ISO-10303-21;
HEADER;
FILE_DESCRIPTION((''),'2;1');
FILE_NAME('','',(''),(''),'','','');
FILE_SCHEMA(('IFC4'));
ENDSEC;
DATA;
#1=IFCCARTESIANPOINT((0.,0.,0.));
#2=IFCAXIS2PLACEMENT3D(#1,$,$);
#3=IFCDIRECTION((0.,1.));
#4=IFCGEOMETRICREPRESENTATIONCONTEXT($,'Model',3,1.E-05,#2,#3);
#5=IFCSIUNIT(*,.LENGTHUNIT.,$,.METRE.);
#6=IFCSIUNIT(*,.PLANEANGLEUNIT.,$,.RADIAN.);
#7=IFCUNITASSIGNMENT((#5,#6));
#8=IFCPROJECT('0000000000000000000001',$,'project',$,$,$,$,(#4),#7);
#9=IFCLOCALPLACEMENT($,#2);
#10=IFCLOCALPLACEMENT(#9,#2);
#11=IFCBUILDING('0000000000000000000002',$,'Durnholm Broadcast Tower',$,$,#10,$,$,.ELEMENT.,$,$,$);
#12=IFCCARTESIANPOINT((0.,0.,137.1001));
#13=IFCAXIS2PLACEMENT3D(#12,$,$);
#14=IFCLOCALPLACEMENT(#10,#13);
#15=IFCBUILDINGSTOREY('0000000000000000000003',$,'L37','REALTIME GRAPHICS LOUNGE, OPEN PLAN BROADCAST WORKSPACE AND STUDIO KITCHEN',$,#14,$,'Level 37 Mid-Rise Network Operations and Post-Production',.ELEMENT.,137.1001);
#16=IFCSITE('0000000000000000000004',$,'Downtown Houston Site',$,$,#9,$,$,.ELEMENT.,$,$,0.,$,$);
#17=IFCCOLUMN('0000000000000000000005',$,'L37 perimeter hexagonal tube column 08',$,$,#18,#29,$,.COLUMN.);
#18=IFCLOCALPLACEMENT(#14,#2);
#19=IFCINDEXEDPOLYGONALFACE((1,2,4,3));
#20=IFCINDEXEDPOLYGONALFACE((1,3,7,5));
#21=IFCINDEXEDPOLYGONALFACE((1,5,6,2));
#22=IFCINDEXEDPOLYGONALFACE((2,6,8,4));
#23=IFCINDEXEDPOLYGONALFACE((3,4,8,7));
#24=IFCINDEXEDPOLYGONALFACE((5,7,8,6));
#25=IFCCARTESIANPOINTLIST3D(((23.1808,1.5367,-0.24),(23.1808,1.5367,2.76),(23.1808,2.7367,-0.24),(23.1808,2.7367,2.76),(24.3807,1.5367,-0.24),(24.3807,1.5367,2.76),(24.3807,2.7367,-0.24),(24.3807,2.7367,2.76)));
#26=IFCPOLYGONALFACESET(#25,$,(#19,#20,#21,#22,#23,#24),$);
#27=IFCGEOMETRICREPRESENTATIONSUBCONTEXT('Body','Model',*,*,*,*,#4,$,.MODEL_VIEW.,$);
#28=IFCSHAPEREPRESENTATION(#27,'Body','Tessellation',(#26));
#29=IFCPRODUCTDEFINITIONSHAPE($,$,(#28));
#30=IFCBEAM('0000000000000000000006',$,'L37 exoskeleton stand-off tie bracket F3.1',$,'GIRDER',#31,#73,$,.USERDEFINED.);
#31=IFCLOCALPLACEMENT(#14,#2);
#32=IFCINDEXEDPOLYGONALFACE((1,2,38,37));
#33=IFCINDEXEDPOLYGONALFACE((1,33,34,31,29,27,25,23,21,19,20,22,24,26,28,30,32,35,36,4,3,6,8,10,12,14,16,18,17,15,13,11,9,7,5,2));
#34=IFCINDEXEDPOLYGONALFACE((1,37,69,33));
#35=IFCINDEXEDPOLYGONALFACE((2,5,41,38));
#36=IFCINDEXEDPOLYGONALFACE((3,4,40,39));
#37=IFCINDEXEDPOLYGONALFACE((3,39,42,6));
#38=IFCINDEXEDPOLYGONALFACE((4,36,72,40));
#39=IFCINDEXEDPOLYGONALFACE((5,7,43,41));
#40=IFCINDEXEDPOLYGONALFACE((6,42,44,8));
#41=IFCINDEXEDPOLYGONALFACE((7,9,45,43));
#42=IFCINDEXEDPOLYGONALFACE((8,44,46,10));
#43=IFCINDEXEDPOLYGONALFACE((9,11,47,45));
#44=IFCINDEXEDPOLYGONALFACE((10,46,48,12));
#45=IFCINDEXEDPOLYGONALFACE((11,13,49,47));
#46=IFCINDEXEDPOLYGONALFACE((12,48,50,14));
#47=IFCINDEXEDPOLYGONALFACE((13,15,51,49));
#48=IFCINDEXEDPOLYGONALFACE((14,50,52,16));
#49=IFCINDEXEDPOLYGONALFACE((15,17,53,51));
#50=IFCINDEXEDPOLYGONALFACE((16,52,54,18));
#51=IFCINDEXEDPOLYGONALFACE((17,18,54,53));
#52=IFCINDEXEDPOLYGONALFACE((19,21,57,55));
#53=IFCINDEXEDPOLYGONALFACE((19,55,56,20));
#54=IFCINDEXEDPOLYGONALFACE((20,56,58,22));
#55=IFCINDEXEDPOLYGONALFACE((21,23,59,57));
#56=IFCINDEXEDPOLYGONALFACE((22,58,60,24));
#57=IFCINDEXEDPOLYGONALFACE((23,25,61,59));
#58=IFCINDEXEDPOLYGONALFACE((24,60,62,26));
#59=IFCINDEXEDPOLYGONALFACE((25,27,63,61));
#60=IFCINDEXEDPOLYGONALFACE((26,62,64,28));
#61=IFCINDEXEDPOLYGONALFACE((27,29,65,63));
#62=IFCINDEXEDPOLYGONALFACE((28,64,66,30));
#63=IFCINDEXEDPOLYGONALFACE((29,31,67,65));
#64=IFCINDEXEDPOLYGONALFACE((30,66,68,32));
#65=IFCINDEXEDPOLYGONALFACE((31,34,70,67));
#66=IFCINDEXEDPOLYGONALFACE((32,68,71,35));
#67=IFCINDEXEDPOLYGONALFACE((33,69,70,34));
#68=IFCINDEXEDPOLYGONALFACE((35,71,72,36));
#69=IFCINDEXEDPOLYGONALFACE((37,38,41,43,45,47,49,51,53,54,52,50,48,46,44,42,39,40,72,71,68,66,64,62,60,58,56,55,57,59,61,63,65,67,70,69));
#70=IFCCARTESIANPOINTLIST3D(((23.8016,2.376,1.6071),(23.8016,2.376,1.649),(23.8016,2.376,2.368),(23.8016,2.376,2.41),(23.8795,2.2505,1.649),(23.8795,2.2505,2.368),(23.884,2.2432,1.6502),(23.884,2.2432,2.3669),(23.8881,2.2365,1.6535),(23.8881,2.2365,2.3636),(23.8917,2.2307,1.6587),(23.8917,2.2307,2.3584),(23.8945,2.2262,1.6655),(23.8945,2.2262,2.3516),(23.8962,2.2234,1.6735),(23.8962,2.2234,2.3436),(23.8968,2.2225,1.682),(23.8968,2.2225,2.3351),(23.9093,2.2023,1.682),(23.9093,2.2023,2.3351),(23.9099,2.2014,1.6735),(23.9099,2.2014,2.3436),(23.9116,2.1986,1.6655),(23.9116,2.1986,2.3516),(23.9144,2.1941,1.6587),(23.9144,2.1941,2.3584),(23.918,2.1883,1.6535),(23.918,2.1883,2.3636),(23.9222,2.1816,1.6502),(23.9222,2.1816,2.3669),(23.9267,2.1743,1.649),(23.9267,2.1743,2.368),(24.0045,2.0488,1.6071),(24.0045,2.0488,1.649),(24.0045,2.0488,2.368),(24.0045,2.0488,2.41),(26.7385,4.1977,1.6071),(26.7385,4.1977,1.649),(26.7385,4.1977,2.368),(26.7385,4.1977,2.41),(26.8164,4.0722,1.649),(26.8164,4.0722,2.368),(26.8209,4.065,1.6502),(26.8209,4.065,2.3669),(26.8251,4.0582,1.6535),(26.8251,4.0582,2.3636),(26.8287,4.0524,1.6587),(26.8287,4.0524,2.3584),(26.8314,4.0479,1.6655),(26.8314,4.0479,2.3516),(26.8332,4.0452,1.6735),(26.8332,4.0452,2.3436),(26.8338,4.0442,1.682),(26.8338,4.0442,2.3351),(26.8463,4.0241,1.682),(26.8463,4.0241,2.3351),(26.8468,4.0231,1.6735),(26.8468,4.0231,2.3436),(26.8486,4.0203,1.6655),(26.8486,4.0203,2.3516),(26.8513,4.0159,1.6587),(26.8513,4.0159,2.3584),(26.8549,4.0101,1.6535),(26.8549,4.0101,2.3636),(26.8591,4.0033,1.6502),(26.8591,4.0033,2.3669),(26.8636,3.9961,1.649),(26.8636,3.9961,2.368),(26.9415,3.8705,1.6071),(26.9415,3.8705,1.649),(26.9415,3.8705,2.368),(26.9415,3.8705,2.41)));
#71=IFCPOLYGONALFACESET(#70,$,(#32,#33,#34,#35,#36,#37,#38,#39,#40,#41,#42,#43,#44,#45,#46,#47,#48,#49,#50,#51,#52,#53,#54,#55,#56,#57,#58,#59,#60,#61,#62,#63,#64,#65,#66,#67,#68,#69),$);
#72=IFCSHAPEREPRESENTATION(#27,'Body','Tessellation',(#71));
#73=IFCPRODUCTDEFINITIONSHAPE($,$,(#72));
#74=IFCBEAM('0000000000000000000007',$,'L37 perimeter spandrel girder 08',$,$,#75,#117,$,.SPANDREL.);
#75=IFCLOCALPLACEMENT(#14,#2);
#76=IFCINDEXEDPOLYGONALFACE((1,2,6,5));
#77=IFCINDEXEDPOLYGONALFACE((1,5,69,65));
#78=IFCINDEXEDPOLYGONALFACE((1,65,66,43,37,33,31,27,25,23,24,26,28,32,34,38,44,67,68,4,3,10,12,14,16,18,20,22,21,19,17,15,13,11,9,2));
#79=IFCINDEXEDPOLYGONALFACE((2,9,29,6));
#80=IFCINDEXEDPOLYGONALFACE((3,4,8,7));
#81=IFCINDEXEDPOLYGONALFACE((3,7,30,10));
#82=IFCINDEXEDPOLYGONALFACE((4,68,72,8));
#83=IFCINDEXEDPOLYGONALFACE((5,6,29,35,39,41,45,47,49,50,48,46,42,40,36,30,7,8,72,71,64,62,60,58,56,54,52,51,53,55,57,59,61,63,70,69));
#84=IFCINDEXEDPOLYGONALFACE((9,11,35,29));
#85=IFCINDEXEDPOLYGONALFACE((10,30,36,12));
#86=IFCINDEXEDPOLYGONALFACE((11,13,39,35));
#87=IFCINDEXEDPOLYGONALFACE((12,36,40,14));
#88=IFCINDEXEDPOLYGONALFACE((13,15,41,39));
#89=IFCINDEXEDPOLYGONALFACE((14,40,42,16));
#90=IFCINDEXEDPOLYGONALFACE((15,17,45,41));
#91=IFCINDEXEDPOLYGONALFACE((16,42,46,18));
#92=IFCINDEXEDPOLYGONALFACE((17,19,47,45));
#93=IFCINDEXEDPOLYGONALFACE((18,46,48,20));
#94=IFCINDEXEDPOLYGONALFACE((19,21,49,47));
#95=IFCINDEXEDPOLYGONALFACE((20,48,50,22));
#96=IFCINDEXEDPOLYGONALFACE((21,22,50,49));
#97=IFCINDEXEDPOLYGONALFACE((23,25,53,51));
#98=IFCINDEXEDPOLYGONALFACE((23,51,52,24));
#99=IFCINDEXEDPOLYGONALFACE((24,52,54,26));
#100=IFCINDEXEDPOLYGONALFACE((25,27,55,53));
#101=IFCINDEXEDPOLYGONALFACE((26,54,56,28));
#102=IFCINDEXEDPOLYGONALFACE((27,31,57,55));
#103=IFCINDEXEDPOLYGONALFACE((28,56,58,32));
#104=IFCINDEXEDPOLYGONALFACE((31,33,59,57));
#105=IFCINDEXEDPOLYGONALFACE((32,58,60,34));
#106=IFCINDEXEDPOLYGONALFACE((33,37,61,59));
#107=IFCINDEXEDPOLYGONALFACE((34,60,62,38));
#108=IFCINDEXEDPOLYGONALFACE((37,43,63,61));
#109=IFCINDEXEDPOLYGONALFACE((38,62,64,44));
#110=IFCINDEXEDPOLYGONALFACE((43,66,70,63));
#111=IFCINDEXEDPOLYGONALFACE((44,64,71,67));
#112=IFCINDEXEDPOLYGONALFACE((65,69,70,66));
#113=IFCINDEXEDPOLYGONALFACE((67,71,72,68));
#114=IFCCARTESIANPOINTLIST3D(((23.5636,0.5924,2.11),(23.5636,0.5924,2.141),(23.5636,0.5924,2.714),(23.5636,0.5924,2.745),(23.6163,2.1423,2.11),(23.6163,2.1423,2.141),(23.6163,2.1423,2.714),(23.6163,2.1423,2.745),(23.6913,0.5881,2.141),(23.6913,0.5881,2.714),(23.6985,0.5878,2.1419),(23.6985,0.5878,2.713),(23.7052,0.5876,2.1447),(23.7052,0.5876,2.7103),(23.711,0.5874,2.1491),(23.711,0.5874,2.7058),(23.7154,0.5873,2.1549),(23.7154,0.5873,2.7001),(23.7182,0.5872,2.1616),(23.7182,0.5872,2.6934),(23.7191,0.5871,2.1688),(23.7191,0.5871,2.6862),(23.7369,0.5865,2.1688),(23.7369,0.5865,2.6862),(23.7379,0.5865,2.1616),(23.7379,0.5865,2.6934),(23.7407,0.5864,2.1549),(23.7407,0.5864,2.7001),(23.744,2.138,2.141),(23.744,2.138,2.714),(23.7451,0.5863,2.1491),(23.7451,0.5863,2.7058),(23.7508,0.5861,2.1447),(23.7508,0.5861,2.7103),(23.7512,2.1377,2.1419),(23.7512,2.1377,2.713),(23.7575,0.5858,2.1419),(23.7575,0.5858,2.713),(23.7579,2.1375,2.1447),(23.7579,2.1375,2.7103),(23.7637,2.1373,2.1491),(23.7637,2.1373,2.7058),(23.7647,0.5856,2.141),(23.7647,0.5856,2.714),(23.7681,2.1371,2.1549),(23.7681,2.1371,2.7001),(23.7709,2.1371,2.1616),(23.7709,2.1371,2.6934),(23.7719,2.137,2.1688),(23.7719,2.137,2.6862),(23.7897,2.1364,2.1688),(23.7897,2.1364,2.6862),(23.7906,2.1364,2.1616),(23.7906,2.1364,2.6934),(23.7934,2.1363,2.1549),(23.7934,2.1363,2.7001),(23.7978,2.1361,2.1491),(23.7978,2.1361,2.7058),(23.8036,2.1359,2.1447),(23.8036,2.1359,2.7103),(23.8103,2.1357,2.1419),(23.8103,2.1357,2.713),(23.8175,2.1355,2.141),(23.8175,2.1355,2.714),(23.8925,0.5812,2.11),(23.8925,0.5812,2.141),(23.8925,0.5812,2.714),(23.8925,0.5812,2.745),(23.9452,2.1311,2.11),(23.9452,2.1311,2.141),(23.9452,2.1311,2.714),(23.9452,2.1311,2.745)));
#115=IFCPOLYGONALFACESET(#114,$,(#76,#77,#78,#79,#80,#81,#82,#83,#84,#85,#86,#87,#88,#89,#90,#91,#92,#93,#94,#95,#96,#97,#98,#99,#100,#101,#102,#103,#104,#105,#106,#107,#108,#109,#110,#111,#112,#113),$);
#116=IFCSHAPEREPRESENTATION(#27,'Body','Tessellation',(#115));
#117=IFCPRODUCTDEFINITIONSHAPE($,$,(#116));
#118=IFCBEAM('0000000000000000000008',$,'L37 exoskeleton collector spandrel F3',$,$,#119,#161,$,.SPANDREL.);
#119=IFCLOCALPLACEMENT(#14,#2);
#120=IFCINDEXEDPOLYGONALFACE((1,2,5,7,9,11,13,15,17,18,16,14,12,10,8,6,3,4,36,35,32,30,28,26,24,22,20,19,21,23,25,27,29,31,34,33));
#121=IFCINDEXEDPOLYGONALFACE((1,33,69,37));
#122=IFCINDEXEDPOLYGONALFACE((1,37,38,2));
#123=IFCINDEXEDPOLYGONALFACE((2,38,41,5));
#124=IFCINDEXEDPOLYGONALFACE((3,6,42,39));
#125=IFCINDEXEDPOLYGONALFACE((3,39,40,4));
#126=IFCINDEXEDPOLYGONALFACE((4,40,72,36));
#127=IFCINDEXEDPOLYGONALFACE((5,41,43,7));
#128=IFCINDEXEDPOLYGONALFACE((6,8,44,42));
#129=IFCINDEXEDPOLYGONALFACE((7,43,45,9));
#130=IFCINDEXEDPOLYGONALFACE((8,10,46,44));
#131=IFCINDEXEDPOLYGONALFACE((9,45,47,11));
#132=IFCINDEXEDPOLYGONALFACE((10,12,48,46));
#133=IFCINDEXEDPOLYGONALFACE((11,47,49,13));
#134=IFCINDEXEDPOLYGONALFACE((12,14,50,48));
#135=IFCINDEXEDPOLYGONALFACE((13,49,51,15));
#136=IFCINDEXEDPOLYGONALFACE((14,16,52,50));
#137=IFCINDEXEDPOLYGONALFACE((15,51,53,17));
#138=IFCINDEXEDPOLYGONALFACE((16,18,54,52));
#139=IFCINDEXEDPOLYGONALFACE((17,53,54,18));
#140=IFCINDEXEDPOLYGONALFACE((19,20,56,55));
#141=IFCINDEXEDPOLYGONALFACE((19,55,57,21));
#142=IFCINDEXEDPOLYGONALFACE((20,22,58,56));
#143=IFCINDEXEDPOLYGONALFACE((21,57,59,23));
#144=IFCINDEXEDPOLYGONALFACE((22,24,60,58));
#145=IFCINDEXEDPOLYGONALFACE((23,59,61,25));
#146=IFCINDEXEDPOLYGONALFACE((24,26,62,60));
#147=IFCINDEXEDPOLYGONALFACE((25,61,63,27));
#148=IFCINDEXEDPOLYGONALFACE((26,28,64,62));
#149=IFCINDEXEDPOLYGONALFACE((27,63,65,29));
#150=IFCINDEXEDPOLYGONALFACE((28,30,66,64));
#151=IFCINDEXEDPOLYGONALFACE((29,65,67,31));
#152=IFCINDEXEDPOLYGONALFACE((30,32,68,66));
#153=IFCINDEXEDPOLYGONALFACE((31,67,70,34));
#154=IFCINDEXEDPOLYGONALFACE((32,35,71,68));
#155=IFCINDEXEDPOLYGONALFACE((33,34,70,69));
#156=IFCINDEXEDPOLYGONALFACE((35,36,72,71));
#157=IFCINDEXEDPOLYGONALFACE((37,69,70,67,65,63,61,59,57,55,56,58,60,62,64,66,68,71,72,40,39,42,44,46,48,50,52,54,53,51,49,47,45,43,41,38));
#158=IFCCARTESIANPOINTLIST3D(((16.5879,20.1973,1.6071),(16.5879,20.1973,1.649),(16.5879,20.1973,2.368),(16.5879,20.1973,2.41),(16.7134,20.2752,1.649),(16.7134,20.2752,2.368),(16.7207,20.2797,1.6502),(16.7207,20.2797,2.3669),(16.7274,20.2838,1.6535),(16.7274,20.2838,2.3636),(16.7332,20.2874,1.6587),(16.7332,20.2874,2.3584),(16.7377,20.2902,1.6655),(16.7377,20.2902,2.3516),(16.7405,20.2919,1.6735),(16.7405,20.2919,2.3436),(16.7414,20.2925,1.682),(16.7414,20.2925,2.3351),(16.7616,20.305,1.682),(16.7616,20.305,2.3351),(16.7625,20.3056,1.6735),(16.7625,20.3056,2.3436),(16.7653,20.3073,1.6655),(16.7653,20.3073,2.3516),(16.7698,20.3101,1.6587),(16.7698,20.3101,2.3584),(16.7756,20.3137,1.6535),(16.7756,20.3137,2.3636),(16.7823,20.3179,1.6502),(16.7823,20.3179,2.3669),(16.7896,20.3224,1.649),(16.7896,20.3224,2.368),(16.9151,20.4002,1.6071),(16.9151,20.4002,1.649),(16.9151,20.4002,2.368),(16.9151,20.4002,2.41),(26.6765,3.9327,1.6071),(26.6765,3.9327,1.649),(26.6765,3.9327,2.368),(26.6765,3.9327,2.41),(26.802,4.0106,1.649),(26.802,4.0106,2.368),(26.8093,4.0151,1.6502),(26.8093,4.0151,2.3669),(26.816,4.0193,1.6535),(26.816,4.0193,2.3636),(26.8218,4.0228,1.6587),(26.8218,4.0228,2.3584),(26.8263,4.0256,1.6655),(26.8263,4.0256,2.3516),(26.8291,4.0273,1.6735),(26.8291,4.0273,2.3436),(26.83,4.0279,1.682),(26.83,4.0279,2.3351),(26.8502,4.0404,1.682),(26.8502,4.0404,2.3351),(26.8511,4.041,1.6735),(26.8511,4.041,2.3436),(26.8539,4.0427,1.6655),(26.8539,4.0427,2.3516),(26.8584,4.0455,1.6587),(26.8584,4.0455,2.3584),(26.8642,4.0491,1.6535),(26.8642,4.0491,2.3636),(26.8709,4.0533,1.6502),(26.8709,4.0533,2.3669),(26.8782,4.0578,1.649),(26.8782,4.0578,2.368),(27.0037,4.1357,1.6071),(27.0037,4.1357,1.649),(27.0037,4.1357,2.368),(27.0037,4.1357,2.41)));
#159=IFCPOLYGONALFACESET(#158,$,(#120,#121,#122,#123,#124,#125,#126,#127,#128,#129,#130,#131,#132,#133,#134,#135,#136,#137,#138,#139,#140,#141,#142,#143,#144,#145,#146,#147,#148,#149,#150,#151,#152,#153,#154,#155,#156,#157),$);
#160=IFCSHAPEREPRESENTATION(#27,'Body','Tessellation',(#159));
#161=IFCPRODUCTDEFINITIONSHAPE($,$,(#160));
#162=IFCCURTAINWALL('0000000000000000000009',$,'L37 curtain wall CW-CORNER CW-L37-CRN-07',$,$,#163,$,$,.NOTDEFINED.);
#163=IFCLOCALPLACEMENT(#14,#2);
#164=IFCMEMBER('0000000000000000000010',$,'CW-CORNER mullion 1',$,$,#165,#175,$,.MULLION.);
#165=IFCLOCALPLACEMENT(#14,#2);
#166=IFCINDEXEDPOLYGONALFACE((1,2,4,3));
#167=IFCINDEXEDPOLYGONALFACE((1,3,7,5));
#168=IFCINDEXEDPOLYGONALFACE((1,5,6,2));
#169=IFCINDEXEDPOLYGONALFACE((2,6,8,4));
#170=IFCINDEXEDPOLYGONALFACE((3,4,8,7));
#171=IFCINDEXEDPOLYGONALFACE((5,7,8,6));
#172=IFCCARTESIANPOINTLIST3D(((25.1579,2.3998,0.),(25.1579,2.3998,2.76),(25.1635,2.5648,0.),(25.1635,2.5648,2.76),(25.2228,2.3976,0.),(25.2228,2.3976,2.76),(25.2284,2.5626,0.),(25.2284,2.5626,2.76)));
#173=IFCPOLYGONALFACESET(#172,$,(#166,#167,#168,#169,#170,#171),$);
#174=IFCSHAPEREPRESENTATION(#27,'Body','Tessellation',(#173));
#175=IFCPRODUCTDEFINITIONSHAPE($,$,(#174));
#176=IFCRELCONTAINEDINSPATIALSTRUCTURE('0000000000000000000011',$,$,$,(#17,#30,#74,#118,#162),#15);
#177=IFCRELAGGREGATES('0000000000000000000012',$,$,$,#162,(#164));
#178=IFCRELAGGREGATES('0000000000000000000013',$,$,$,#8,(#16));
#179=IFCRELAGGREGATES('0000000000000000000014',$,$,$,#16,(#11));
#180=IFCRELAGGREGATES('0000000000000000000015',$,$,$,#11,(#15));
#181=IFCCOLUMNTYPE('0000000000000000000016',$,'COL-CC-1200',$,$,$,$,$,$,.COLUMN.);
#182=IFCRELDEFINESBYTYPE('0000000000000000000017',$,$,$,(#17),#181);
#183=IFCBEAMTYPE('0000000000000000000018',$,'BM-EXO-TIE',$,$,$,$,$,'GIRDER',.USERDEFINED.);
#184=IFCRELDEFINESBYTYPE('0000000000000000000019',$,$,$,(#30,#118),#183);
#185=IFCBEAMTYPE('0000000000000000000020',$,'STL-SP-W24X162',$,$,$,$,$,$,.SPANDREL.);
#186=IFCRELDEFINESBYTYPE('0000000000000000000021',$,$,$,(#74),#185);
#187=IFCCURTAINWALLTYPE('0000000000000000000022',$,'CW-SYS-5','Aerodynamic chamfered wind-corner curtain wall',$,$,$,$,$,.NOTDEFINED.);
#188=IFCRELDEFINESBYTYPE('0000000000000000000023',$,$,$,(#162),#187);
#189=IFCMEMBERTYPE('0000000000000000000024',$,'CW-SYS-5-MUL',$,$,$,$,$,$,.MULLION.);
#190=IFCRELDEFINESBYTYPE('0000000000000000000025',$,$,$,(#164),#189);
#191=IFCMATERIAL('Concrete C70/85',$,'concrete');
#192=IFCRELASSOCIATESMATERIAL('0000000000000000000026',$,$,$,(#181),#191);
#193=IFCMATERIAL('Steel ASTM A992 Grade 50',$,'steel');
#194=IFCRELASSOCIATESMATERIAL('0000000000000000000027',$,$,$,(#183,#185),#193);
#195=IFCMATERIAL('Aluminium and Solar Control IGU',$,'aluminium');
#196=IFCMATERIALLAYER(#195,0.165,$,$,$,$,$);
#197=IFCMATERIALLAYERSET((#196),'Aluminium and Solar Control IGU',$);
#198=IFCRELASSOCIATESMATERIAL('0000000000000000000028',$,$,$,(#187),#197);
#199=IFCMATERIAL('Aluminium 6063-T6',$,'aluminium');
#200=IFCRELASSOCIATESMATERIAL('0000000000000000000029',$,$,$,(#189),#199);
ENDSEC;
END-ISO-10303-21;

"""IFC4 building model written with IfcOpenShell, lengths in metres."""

from ifc_helpers import new_model, si_unit, direction, frame, origin, origin_2d, place, context, subcontext, project, spatial, rectangle, i_section, extrude, source, transform, mapped, material, layer, layer_set, material_profile, profile_set, type_object, type_shapes, element, aggregate, save


model = new_model("IFC4")

# Units and contexts
model_context = context("Model", 3, precision=1e-05, world=origin(), true_north=direction((0.0, 1.0)))
body_context = subcontext(model_context, "Body", "Model", "MODEL_VIEW")
ifc_project = project(units=[si_unit("LENGTHUNIT", "METRE"), si_unit("PLANEANGLEUNIT", "RADIAN")], contexts=[model_context])

# Site, building, storey
site_placement = place(None, origin())
site = spatial("IfcSite", under=ifc_project, at=site_placement, Name="Downtown Houston Site", CompositionType="ELEMENT", RefElevation=0.0)
building_placement = place(site_placement, origin())
building = spatial("IfcBuilding", under=site, at=building_placement, Name="Durnholm Broadcast Tower", CompositionType="ELEMENT")
storey_placement = place(building_placement, frame((0.0, 0.0, 137.1001)))
storey = spatial("IfcBuildingStorey", under=building, at=storey_placement, Name="L37", Description="REALTIME GRAPHICS LOUNGE, OPEN PLAN BROADCAST WORKSPACE AND STUDIO KITCHEN", LongName="Level 37 Mid-Rise Network Operations and Post-Production", CompositionType="ELEMENT", Elevation=137.1001)

# Column
ifc_material_1 = material(Name="Concrete C70/85", Category="concrete")
ifc_material_profile_1 = material_profile(ifc_material_1, rectangle(XDim=1.2, YDim=1.2, at=origin_2d()), Name="RC1200X1200")
ifc_profile_set_1 = profile_set([ifc_material_profile_1], Name="Concrete C70/85")
column_type = type_object("IfcColumnType", Name="COL-CC-1200", PredefinedType="COLUMN", material=ifc_profile_set_1)
shared_shape_1 = source(origin(), body_context, "Body", "SweptSolid", [
    extrude(rectangle(XDim=1.2, YDim=1.2, at=origin_2d()), origin(), (0.0, 0.0, 1.0), 3.0),
])
type_shapes(column_type, [shared_shape_1])
column_placement = place(storey_placement, frame((23.7808, 2.1367, -0.24), z_axis=(0.0, 0.0, 1.0), x_axis=(1.0, 0.0, 0.0)))
element("IfcColumn", 1, at=column_placement, inside=storey, type_object=column_type, Name="L37 perimeter hexagonal tube column 08", PredefinedType="COLUMN", context=body_context, shape_type="MappedRepresentation", body=[
    mapped(shared_shape_1, transform((0.0, 0.0, 0.0), x_axis=(1.0, 0.0, 0.0), y_axis=(0.0, 1.0, 0.0), z_axis=(0.0, 0.0, 1.0), scale=1.0)),
])

# Beams
ifc_material_2 = material(Name="Steel ASTM A992 Grade 50", Category="steel")
ifc_material_profile_2 = material_profile(ifc_material_2, i_section(OverallWidth=0.385, OverallDepth=0.803, WebThickness=0.0237, FlangeThickness=0.042, FilletRadius=0.033, at=origin_2d()), Name="W30X261")
ifc_profile_set_2 = profile_set([ifc_material_profile_2], Name="Steel ASTM A992 Grade 50")
beam_type_1 = type_object("IfcBeamType", Name="BM-EXO-TIE", ElementType="GIRDER", PredefinedType="USERDEFINED", material=ifc_profile_set_2)
shared_shape_2 = source(origin(), body_context, "Body", "SweptSolid", [
    extrude(i_section(OverallWidth=0.385, OverallDepth=0.803, WebThickness=0.0237, FlangeThickness=0.042, FilletRadius=0.033, at=origin_2d()), origin(), (0.0, 0.0, 1.0), 3.4561),
])
beam_1_placement = place(storey_placement, frame((23.9031, 2.2124, 2.0085), z_axis=(0.849795, 0.527113, 0.0), x_axis=(-0.527113, 0.849795, 0.0)))
element("IfcBeam", 2, at=beam_1_placement, inside=storey, type_object=beam_type_1, Name="L37 exoskeleton stand-off tie bracket F3.1", ObjectType="GIRDER", PredefinedType="USERDEFINED", context=body_context, shape_type="MappedRepresentation", body=[
    mapped(shared_shape_2, transform((0.0, 0.0, 0.0), x_axis=(1.0, 0.0, 0.0), y_axis=(0.0, 1.0, 0.0), z_axis=(0.0, 0.0, 1.0), scale=1.0)),
])
ifc_material_profile_3 = material_profile(ifc_material_2, i_section(OverallWidth=0.3291, OverallDepth=0.635, WebThickness=0.0178, FlangeThickness=0.031, FilletRadius=0.0278, at=origin_2d()), Name="W24X162")
ifc_profile_set_3 = profile_set([ifc_material_profile_3], Name="Steel ASTM A992 Grade 50")
beam_type_2 = type_object("IfcBeamType", Name="STL-SP-W24X162", PredefinedType="SPANDREL", material=ifc_profile_set_3)
shared_shape_3 = source(origin(), body_context, "Body", "SweptSolid", [
    extrude(i_section(OverallWidth=0.3291, OverallDepth=0.635, WebThickness=0.0178, FlangeThickness=0.031, FilletRadius=0.0278, at=origin_2d()), origin(), (0.0, 0.0, 1.0), 1.5508),
])
type_shapes(beam_type_2, [shared_shape_3])
beam_2_placement = place(storey_placement, frame((23.7808, 2.1367, 2.4275), z_axis=(-0.034007, -0.999422, 0.0), x_axis=(0.999422, -0.034007, 0.0)))
element("IfcBeam", 3, at=beam_2_placement, inside=storey, type_object=beam_type_2, Name="L37 perimeter spandrel girder 08", PredefinedType="SPANDREL", context=body_context, shape_type="MappedRepresentation", body=[
    mapped(shared_shape_3, transform((0.0, 0.0, 0.0), x_axis=(1.0, 0.0, 0.0), y_axis=(0.0, 1.0, 0.0), z_axis=(0.0, 0.0, 1.0), scale=1.0)),
])
shared_shape_4 = source(origin(), body_context, "Body", "SweptSolid", [
    extrude(i_section(OverallWidth=0.385, OverallDepth=0.803, WebThickness=0.0237, FlangeThickness=0.042, FilletRadius=0.033, at=origin_2d()), origin(), (0.0, 0.0, 1.0), 19.1394),
])
type_shapes(beam_type_1, [shared_shape_2, shared_shape_4])
beam_3_placement = place(storey_placement, frame((26.8401, 4.0342, 2.0085), z_axis=(-0.527111, 0.849796, 0.0), x_axis=(-0.849796, -0.527111, 0.0)))
element("IfcBeam", 4, at=beam_3_placement, inside=storey, type_object=beam_type_1, Name="L37 exoskeleton collector spandrel F3", PredefinedType="SPANDREL", context=body_context, shape_type="MappedRepresentation", body=[
    mapped(shared_shape_4, transform((0.0, 0.0, 0.0), x_axis=(1.0, 0.0, 0.0), y_axis=(0.0, 1.0, 0.0), z_axis=(0.0, 0.0, 1.0), scale=1.0)),
])

# Curtain wall, member
ifc_material_3 = material(Name="Aluminium and Solar Control IGU", Category="aluminium")
ifc_layer_1 = layer(ifc_material_3, 0.165)
ifc_layer_set_1 = layer_set([ifc_layer_1], Name="Aluminium and Solar Control IGU")
curtain_wall_type_1 = type_object("IfcCurtainWallType", Name="CW-SYS-5", Description="Aerodynamic chamfered wind-corner curtain wall", PredefinedType="NOTDEFINED", material=ifc_layer_set_1)
curtain_wall_1_placement = place(storey_placement, origin())
curtain_wall_1 = element("IfcCurtainWall", 5, at=curtain_wall_1_placement, inside=storey, type_object=curtain_wall_type_1, Name="L37 curtain wall CW-CORNER CW-L37-CRN-07", PredefinedType="NOTDEFINED")
ifc_material_4 = material(Name="Aluminium 6063-T6", Category="aluminium")
ifc_material_profile_4 = material_profile(ifc_material_4, rectangle(XDim=0.0649, YDim=0.165, at=origin_2d()), Name="CWM65X165")
ifc_profile_set_4 = profile_set([ifc_material_profile_4], Name="Aluminium 6063-T6")
member_type_1 = type_object("IfcMemberType", Name="CW-SYS-5-MUL", PredefinedType="MULLION", material=ifc_profile_set_4)
shared_shape_5 = source(origin(), body_context, "Body", "SweptSolid", [
    extrude(rectangle(XDim=0.0649, YDim=0.165, at=origin_2d()), origin(), (0.0, 0.0, 1.0), 2.76),
])
type_shapes(member_type_1, [shared_shape_5])
member_1_placement = place(storey_placement, frame((25.1931, 2.4812, 0.0), z_axis=(0.0, 0.0, 1.0), x_axis=(0.999425, -0.033917, 0.0)))
member_1 = element("IfcMember", 6, at=member_1_placement, type_object=member_type_1, Name="CW-CORNER mullion 1", PredefinedType="MULLION", context=body_context, shape_type="MappedRepresentation", body=[
    mapped(shared_shape_5, transform((0.0, 0.0, 0.0), x_axis=(1.0, 0.0, 0.0), y_axis=(0.0, 1.0, 0.0), z_axis=(0.0, 0.0, 1.0), scale=1.0)),
])

aggregate(curtain_wall_1, [member_1])

save(model, "model.ifc")
